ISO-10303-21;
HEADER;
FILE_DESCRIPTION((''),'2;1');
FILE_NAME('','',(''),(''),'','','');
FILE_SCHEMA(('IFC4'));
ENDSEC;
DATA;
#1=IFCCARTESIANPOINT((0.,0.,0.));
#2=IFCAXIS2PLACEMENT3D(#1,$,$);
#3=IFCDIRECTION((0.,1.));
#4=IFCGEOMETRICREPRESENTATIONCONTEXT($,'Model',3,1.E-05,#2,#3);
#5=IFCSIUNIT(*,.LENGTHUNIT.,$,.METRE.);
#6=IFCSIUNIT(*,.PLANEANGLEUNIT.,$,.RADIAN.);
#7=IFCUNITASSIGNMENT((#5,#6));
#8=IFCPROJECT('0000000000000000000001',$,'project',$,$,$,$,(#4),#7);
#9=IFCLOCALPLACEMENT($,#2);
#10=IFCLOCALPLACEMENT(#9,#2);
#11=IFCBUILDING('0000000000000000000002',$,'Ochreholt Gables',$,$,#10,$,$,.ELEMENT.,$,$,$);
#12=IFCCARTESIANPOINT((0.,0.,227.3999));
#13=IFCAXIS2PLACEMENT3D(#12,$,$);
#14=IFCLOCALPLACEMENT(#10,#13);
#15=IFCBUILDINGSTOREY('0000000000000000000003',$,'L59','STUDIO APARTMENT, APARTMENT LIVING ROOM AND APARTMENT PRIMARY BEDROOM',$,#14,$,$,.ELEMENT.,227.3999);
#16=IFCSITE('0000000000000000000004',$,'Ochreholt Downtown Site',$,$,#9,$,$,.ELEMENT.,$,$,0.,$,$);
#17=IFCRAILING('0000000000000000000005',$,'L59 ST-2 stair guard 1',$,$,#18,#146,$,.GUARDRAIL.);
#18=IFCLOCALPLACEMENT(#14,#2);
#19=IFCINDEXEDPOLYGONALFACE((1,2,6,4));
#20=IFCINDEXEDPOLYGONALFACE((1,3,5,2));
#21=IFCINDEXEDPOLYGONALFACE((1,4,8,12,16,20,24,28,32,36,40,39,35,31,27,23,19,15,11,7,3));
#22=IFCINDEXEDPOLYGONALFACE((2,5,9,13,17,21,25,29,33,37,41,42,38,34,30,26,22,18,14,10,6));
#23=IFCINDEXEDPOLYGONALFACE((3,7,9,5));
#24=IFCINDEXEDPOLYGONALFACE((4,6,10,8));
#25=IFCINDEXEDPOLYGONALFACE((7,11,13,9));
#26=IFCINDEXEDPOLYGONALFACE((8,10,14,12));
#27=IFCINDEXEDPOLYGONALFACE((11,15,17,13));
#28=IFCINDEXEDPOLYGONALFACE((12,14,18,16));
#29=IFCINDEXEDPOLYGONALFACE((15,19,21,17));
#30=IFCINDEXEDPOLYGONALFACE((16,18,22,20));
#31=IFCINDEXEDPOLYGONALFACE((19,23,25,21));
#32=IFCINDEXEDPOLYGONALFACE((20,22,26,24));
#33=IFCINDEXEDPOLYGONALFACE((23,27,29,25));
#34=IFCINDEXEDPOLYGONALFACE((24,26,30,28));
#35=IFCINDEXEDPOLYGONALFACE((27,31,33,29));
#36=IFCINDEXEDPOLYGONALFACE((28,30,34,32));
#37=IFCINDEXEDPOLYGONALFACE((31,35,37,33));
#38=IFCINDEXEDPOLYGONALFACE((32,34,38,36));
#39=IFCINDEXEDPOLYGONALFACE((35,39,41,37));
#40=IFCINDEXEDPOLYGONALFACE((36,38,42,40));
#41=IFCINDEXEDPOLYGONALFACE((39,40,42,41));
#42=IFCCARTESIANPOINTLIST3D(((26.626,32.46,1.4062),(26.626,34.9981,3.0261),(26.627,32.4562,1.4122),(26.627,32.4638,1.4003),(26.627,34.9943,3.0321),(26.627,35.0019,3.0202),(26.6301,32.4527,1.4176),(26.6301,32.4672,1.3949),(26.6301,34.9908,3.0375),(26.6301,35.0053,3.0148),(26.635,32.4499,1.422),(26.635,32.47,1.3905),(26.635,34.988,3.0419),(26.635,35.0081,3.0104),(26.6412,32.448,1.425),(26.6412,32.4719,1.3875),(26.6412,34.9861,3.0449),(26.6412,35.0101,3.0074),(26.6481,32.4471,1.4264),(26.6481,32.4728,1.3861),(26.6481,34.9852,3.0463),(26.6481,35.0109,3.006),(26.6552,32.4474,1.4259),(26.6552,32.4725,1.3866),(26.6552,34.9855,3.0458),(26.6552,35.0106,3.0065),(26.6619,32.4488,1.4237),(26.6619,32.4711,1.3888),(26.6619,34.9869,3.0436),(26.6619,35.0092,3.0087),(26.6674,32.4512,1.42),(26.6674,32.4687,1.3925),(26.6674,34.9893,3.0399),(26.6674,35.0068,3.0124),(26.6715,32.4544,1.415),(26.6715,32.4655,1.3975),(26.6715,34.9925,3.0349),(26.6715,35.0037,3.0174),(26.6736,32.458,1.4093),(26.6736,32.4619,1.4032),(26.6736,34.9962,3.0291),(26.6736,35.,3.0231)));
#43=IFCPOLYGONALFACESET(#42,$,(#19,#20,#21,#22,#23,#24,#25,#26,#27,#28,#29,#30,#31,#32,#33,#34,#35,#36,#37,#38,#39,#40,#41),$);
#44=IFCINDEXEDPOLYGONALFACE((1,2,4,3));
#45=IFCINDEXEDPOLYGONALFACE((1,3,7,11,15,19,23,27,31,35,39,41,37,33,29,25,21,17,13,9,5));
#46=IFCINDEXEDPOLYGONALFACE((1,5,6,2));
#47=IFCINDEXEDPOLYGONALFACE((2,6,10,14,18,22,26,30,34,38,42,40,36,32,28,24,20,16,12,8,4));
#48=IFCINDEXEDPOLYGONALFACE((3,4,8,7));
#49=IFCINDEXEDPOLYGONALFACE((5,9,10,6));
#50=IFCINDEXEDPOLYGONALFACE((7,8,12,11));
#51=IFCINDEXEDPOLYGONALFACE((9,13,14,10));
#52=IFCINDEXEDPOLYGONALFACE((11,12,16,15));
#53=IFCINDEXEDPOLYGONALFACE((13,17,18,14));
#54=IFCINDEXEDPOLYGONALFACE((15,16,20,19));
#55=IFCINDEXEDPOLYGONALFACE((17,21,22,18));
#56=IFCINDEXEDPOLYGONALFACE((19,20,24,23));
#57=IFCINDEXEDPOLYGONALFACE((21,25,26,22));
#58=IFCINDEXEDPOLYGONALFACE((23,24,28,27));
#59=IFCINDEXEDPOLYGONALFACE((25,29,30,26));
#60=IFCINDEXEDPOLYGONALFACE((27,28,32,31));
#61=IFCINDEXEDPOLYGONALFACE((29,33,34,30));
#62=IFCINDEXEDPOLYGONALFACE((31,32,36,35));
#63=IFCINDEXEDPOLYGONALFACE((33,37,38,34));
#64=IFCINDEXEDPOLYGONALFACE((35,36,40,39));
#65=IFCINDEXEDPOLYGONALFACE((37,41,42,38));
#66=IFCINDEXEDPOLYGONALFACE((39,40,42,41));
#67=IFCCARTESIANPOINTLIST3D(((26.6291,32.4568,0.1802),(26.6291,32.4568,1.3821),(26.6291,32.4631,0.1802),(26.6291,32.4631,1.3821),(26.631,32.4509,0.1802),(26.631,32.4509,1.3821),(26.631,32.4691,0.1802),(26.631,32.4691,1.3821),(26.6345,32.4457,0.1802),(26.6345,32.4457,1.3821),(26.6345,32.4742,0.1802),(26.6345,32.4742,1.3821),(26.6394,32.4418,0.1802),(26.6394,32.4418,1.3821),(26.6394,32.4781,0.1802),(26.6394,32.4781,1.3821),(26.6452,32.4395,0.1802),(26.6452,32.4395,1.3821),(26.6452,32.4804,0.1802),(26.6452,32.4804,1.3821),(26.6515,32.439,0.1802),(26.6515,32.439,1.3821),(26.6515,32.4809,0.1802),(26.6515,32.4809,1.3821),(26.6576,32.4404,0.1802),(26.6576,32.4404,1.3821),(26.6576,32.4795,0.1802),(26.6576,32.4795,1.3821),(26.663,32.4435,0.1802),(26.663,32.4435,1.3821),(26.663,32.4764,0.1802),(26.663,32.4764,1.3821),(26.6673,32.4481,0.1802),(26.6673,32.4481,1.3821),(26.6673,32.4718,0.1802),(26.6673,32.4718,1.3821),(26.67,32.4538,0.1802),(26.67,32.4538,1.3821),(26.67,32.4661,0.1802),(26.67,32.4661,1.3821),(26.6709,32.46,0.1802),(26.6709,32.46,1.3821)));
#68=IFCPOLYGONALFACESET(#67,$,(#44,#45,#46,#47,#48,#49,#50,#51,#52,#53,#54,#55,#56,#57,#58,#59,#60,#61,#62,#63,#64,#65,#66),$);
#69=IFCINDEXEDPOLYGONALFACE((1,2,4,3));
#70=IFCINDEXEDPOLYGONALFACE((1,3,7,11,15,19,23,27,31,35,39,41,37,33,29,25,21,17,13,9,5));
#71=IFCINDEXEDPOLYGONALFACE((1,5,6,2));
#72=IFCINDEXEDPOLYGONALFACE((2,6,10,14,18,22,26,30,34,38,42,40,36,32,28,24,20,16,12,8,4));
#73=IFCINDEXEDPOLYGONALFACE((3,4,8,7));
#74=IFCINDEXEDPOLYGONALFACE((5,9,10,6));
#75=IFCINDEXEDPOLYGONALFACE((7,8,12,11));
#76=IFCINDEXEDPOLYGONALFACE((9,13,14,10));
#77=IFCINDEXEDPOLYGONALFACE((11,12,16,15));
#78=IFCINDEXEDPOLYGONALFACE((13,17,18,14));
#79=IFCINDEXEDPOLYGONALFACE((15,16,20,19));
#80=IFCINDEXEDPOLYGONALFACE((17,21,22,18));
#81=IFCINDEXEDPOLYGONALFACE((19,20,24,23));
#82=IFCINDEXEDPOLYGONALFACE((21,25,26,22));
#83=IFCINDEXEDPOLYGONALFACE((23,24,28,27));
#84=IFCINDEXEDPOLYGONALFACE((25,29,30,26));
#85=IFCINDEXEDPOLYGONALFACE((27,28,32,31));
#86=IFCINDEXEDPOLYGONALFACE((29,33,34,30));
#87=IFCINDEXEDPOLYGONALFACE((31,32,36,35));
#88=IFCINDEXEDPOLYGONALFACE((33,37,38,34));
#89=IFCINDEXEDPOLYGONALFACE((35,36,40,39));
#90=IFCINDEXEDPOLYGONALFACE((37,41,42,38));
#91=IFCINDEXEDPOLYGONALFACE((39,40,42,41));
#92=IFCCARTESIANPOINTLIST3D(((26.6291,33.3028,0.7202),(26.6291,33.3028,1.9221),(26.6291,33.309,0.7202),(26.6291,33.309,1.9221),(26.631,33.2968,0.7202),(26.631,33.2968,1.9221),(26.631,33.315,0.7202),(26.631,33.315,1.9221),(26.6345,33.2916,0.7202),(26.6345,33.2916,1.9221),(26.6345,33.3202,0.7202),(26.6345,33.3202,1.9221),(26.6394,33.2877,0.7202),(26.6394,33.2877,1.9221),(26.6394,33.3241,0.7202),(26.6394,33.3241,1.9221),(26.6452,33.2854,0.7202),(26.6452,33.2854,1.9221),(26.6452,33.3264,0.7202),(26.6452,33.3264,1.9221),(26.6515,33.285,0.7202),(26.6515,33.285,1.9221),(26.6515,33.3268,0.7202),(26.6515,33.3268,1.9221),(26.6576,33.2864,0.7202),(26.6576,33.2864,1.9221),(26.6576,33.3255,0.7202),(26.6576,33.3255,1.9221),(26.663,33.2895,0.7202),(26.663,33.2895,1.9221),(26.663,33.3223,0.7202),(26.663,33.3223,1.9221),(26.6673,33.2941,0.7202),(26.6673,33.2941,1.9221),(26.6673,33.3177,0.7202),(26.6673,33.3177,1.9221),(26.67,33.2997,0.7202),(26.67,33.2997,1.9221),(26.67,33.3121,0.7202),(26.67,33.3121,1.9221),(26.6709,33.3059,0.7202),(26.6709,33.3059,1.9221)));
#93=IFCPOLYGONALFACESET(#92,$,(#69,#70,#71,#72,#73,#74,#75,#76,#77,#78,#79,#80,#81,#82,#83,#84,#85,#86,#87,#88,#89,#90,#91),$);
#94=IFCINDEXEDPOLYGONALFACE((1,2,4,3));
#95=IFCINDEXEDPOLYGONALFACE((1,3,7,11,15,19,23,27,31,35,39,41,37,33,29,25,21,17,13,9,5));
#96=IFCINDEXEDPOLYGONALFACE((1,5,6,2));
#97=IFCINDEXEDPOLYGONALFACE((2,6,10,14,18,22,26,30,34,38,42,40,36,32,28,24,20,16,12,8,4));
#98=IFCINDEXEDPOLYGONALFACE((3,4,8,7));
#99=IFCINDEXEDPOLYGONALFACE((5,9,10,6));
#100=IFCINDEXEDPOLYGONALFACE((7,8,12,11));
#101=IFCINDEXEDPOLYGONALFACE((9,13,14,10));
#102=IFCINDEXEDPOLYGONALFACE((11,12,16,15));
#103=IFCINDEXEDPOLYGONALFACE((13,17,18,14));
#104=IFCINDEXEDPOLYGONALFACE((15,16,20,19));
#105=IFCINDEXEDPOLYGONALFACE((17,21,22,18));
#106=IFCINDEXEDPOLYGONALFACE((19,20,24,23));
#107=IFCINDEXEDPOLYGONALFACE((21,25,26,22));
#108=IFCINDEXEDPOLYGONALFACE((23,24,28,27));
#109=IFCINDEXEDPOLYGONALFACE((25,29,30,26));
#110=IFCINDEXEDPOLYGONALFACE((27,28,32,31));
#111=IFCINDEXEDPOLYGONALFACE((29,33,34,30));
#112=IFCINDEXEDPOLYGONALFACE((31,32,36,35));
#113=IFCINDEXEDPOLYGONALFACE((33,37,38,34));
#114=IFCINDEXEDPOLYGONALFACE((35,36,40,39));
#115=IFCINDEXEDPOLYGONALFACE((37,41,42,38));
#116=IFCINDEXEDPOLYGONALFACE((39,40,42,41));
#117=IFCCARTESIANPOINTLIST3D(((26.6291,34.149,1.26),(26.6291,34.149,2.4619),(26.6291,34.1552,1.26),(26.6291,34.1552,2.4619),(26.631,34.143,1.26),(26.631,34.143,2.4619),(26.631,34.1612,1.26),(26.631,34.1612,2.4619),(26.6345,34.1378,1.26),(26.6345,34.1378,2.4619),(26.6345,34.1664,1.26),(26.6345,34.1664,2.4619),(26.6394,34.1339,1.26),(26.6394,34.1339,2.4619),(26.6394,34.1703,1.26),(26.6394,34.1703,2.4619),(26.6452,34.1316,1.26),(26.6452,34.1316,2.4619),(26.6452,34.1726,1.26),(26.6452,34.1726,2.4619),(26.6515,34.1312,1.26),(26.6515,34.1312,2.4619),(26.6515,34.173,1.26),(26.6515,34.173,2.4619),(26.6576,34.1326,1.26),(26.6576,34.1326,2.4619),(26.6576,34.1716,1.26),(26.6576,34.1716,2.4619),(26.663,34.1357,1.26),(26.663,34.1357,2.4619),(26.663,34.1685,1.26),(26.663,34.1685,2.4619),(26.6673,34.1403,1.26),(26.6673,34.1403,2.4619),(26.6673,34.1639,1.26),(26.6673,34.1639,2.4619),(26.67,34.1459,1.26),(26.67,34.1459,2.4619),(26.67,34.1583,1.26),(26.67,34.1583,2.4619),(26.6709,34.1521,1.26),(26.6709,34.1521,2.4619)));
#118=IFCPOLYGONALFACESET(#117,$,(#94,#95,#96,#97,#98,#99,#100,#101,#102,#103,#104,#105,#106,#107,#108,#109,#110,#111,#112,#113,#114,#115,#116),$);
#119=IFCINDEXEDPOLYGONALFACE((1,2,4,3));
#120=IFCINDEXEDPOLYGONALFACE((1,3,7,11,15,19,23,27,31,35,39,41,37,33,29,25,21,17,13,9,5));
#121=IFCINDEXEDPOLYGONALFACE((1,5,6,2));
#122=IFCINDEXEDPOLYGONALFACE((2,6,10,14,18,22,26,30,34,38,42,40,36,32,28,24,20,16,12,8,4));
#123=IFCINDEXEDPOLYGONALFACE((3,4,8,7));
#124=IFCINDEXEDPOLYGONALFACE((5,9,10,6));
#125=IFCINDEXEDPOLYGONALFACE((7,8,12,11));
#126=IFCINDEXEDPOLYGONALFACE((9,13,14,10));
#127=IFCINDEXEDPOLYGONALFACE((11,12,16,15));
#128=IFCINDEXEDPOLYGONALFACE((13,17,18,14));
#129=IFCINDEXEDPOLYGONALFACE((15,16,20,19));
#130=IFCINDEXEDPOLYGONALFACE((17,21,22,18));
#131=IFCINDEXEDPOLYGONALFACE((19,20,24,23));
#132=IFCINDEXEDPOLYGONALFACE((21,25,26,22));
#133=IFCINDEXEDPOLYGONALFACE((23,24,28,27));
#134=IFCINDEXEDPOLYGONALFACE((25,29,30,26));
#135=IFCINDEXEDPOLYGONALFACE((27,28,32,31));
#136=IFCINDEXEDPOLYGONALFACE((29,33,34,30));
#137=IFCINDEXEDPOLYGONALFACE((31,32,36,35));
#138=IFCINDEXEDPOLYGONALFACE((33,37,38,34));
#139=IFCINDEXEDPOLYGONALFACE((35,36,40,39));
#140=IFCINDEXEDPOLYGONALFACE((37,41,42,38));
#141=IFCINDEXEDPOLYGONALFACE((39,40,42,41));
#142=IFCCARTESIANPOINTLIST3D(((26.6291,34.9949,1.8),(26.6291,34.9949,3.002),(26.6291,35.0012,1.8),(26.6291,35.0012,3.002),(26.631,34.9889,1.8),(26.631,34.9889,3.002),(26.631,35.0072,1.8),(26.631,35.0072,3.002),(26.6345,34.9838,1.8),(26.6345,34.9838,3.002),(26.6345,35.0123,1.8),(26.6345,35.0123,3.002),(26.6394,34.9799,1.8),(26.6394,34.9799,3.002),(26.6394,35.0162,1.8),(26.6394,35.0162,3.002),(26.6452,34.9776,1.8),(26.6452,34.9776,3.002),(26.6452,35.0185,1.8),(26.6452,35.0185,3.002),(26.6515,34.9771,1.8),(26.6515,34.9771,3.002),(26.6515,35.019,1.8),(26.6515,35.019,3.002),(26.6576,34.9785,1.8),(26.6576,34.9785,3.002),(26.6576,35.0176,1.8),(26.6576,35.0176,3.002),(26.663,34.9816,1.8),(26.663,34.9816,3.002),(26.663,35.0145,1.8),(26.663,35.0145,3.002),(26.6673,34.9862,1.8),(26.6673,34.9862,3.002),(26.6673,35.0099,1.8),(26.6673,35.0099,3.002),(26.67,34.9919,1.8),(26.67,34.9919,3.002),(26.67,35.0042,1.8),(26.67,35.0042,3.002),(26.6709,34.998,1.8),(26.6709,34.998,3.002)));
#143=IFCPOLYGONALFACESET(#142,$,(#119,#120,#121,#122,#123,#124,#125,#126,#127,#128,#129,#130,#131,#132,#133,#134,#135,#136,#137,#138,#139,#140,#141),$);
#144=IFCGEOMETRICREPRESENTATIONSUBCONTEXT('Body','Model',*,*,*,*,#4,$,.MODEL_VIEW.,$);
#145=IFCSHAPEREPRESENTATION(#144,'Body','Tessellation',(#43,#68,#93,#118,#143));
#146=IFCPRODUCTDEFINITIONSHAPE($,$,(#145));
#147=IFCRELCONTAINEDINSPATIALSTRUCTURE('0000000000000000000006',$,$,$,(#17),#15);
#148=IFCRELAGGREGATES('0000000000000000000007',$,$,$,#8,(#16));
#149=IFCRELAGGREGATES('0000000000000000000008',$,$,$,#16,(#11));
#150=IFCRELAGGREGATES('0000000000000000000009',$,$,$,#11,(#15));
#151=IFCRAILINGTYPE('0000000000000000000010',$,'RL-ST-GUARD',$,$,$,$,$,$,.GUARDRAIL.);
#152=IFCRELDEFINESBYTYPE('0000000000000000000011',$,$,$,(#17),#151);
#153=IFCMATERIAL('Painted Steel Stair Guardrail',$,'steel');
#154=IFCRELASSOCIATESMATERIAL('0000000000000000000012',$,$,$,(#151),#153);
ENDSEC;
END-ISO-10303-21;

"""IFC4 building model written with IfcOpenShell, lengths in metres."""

from ifc_helpers import new_model, si_unit, direction, frame, origin, origin_2d, place, context, subcontext, project, spatial, circle, extrude, material, type_object, element, save


model = new_model("IFC4")

# Units and contexts
model_context = context("Model", 3, precision=1e-05, world=origin(), true_north=direction((0.0, 1.0)))
body_context = subcontext(model_context, "Body", "Model", "MODEL_VIEW")
ifc_project = project(units=[si_unit("LENGTHUNIT", "METRE"), si_unit("PLANEANGLEUNIT", "RADIAN")], contexts=[model_context])

# Site, building, storey
site_placement = place(None, origin())
site = spatial("IfcSite", under=ifc_project, at=site_placement, Name="Ochreholt Downtown Site", CompositionType="ELEMENT", RefElevation=0.0)
building_placement = place(site_placement, origin())
building = spatial("IfcBuilding", under=site, at=building_placement, Name="Ochreholt Gables", CompositionType="ELEMENT")
storey_placement = place(building_placement, frame((0.0, 0.0, 227.3999)))
storey = spatial("IfcBuildingStorey", under=building, at=storey_placement, Name="L59", Description="STUDIO APARTMENT, APARTMENT LIVING ROOM AND APARTMENT PRIMARY BEDROOM", CompositionType="ELEMENT", Elevation=227.3999)

# Railing
ifc_material_1 = material(Name="Painted Steel Stair Guardrail", Category="steel")
railing_type_1 = type_object("IfcRailingType", Name="RL-ST-GUARD", PredefinedType="GUARDRAIL", material=ifc_material_1)
railing_1_placement = place(storey_placement, frame((26.6499, 32.46, 0.1802)))
element("IfcRailing", 1, at=railing_1_placement, inside=storey, type_object=railing_type_1, Name="L59 ST-2 stair guard 1", PredefinedType="GUARDRAIL", context=body_context, shape_type="SweptSolid", body=[
    extrude(circle(Radius=0.0239, at=origin_2d()), frame((0.0, 0.0, 1.2261), z_axis=(0.0, 0.84295, 0.537993), x_axis=(-1.0, 0.0, 0.0)), (0.0, 0.0, 1.0), 3.011),
    extrude(circle(Radius=0.021, at=origin_2d()), origin(), (0.0, 0.0, 1.0), 1.2019),
    extrude(circle(Radius=0.021, at=origin_2d()), frame((0.0, 0.8459, 0.54)), (0.0, 0.0, 1.0), 1.2019),
    extrude(circle(Radius=0.021, at=origin_2d()), frame((0.0, 1.6921, 1.0798)), (0.0, 0.0, 1.0), 1.2019),
    extrude(circle(Radius=0.021, at=origin_2d()), frame((0.0, 2.5381, 1.6199)), (0.0, 0.0, 1.0), 1.2019),
])

save(model, "model.ifc")
